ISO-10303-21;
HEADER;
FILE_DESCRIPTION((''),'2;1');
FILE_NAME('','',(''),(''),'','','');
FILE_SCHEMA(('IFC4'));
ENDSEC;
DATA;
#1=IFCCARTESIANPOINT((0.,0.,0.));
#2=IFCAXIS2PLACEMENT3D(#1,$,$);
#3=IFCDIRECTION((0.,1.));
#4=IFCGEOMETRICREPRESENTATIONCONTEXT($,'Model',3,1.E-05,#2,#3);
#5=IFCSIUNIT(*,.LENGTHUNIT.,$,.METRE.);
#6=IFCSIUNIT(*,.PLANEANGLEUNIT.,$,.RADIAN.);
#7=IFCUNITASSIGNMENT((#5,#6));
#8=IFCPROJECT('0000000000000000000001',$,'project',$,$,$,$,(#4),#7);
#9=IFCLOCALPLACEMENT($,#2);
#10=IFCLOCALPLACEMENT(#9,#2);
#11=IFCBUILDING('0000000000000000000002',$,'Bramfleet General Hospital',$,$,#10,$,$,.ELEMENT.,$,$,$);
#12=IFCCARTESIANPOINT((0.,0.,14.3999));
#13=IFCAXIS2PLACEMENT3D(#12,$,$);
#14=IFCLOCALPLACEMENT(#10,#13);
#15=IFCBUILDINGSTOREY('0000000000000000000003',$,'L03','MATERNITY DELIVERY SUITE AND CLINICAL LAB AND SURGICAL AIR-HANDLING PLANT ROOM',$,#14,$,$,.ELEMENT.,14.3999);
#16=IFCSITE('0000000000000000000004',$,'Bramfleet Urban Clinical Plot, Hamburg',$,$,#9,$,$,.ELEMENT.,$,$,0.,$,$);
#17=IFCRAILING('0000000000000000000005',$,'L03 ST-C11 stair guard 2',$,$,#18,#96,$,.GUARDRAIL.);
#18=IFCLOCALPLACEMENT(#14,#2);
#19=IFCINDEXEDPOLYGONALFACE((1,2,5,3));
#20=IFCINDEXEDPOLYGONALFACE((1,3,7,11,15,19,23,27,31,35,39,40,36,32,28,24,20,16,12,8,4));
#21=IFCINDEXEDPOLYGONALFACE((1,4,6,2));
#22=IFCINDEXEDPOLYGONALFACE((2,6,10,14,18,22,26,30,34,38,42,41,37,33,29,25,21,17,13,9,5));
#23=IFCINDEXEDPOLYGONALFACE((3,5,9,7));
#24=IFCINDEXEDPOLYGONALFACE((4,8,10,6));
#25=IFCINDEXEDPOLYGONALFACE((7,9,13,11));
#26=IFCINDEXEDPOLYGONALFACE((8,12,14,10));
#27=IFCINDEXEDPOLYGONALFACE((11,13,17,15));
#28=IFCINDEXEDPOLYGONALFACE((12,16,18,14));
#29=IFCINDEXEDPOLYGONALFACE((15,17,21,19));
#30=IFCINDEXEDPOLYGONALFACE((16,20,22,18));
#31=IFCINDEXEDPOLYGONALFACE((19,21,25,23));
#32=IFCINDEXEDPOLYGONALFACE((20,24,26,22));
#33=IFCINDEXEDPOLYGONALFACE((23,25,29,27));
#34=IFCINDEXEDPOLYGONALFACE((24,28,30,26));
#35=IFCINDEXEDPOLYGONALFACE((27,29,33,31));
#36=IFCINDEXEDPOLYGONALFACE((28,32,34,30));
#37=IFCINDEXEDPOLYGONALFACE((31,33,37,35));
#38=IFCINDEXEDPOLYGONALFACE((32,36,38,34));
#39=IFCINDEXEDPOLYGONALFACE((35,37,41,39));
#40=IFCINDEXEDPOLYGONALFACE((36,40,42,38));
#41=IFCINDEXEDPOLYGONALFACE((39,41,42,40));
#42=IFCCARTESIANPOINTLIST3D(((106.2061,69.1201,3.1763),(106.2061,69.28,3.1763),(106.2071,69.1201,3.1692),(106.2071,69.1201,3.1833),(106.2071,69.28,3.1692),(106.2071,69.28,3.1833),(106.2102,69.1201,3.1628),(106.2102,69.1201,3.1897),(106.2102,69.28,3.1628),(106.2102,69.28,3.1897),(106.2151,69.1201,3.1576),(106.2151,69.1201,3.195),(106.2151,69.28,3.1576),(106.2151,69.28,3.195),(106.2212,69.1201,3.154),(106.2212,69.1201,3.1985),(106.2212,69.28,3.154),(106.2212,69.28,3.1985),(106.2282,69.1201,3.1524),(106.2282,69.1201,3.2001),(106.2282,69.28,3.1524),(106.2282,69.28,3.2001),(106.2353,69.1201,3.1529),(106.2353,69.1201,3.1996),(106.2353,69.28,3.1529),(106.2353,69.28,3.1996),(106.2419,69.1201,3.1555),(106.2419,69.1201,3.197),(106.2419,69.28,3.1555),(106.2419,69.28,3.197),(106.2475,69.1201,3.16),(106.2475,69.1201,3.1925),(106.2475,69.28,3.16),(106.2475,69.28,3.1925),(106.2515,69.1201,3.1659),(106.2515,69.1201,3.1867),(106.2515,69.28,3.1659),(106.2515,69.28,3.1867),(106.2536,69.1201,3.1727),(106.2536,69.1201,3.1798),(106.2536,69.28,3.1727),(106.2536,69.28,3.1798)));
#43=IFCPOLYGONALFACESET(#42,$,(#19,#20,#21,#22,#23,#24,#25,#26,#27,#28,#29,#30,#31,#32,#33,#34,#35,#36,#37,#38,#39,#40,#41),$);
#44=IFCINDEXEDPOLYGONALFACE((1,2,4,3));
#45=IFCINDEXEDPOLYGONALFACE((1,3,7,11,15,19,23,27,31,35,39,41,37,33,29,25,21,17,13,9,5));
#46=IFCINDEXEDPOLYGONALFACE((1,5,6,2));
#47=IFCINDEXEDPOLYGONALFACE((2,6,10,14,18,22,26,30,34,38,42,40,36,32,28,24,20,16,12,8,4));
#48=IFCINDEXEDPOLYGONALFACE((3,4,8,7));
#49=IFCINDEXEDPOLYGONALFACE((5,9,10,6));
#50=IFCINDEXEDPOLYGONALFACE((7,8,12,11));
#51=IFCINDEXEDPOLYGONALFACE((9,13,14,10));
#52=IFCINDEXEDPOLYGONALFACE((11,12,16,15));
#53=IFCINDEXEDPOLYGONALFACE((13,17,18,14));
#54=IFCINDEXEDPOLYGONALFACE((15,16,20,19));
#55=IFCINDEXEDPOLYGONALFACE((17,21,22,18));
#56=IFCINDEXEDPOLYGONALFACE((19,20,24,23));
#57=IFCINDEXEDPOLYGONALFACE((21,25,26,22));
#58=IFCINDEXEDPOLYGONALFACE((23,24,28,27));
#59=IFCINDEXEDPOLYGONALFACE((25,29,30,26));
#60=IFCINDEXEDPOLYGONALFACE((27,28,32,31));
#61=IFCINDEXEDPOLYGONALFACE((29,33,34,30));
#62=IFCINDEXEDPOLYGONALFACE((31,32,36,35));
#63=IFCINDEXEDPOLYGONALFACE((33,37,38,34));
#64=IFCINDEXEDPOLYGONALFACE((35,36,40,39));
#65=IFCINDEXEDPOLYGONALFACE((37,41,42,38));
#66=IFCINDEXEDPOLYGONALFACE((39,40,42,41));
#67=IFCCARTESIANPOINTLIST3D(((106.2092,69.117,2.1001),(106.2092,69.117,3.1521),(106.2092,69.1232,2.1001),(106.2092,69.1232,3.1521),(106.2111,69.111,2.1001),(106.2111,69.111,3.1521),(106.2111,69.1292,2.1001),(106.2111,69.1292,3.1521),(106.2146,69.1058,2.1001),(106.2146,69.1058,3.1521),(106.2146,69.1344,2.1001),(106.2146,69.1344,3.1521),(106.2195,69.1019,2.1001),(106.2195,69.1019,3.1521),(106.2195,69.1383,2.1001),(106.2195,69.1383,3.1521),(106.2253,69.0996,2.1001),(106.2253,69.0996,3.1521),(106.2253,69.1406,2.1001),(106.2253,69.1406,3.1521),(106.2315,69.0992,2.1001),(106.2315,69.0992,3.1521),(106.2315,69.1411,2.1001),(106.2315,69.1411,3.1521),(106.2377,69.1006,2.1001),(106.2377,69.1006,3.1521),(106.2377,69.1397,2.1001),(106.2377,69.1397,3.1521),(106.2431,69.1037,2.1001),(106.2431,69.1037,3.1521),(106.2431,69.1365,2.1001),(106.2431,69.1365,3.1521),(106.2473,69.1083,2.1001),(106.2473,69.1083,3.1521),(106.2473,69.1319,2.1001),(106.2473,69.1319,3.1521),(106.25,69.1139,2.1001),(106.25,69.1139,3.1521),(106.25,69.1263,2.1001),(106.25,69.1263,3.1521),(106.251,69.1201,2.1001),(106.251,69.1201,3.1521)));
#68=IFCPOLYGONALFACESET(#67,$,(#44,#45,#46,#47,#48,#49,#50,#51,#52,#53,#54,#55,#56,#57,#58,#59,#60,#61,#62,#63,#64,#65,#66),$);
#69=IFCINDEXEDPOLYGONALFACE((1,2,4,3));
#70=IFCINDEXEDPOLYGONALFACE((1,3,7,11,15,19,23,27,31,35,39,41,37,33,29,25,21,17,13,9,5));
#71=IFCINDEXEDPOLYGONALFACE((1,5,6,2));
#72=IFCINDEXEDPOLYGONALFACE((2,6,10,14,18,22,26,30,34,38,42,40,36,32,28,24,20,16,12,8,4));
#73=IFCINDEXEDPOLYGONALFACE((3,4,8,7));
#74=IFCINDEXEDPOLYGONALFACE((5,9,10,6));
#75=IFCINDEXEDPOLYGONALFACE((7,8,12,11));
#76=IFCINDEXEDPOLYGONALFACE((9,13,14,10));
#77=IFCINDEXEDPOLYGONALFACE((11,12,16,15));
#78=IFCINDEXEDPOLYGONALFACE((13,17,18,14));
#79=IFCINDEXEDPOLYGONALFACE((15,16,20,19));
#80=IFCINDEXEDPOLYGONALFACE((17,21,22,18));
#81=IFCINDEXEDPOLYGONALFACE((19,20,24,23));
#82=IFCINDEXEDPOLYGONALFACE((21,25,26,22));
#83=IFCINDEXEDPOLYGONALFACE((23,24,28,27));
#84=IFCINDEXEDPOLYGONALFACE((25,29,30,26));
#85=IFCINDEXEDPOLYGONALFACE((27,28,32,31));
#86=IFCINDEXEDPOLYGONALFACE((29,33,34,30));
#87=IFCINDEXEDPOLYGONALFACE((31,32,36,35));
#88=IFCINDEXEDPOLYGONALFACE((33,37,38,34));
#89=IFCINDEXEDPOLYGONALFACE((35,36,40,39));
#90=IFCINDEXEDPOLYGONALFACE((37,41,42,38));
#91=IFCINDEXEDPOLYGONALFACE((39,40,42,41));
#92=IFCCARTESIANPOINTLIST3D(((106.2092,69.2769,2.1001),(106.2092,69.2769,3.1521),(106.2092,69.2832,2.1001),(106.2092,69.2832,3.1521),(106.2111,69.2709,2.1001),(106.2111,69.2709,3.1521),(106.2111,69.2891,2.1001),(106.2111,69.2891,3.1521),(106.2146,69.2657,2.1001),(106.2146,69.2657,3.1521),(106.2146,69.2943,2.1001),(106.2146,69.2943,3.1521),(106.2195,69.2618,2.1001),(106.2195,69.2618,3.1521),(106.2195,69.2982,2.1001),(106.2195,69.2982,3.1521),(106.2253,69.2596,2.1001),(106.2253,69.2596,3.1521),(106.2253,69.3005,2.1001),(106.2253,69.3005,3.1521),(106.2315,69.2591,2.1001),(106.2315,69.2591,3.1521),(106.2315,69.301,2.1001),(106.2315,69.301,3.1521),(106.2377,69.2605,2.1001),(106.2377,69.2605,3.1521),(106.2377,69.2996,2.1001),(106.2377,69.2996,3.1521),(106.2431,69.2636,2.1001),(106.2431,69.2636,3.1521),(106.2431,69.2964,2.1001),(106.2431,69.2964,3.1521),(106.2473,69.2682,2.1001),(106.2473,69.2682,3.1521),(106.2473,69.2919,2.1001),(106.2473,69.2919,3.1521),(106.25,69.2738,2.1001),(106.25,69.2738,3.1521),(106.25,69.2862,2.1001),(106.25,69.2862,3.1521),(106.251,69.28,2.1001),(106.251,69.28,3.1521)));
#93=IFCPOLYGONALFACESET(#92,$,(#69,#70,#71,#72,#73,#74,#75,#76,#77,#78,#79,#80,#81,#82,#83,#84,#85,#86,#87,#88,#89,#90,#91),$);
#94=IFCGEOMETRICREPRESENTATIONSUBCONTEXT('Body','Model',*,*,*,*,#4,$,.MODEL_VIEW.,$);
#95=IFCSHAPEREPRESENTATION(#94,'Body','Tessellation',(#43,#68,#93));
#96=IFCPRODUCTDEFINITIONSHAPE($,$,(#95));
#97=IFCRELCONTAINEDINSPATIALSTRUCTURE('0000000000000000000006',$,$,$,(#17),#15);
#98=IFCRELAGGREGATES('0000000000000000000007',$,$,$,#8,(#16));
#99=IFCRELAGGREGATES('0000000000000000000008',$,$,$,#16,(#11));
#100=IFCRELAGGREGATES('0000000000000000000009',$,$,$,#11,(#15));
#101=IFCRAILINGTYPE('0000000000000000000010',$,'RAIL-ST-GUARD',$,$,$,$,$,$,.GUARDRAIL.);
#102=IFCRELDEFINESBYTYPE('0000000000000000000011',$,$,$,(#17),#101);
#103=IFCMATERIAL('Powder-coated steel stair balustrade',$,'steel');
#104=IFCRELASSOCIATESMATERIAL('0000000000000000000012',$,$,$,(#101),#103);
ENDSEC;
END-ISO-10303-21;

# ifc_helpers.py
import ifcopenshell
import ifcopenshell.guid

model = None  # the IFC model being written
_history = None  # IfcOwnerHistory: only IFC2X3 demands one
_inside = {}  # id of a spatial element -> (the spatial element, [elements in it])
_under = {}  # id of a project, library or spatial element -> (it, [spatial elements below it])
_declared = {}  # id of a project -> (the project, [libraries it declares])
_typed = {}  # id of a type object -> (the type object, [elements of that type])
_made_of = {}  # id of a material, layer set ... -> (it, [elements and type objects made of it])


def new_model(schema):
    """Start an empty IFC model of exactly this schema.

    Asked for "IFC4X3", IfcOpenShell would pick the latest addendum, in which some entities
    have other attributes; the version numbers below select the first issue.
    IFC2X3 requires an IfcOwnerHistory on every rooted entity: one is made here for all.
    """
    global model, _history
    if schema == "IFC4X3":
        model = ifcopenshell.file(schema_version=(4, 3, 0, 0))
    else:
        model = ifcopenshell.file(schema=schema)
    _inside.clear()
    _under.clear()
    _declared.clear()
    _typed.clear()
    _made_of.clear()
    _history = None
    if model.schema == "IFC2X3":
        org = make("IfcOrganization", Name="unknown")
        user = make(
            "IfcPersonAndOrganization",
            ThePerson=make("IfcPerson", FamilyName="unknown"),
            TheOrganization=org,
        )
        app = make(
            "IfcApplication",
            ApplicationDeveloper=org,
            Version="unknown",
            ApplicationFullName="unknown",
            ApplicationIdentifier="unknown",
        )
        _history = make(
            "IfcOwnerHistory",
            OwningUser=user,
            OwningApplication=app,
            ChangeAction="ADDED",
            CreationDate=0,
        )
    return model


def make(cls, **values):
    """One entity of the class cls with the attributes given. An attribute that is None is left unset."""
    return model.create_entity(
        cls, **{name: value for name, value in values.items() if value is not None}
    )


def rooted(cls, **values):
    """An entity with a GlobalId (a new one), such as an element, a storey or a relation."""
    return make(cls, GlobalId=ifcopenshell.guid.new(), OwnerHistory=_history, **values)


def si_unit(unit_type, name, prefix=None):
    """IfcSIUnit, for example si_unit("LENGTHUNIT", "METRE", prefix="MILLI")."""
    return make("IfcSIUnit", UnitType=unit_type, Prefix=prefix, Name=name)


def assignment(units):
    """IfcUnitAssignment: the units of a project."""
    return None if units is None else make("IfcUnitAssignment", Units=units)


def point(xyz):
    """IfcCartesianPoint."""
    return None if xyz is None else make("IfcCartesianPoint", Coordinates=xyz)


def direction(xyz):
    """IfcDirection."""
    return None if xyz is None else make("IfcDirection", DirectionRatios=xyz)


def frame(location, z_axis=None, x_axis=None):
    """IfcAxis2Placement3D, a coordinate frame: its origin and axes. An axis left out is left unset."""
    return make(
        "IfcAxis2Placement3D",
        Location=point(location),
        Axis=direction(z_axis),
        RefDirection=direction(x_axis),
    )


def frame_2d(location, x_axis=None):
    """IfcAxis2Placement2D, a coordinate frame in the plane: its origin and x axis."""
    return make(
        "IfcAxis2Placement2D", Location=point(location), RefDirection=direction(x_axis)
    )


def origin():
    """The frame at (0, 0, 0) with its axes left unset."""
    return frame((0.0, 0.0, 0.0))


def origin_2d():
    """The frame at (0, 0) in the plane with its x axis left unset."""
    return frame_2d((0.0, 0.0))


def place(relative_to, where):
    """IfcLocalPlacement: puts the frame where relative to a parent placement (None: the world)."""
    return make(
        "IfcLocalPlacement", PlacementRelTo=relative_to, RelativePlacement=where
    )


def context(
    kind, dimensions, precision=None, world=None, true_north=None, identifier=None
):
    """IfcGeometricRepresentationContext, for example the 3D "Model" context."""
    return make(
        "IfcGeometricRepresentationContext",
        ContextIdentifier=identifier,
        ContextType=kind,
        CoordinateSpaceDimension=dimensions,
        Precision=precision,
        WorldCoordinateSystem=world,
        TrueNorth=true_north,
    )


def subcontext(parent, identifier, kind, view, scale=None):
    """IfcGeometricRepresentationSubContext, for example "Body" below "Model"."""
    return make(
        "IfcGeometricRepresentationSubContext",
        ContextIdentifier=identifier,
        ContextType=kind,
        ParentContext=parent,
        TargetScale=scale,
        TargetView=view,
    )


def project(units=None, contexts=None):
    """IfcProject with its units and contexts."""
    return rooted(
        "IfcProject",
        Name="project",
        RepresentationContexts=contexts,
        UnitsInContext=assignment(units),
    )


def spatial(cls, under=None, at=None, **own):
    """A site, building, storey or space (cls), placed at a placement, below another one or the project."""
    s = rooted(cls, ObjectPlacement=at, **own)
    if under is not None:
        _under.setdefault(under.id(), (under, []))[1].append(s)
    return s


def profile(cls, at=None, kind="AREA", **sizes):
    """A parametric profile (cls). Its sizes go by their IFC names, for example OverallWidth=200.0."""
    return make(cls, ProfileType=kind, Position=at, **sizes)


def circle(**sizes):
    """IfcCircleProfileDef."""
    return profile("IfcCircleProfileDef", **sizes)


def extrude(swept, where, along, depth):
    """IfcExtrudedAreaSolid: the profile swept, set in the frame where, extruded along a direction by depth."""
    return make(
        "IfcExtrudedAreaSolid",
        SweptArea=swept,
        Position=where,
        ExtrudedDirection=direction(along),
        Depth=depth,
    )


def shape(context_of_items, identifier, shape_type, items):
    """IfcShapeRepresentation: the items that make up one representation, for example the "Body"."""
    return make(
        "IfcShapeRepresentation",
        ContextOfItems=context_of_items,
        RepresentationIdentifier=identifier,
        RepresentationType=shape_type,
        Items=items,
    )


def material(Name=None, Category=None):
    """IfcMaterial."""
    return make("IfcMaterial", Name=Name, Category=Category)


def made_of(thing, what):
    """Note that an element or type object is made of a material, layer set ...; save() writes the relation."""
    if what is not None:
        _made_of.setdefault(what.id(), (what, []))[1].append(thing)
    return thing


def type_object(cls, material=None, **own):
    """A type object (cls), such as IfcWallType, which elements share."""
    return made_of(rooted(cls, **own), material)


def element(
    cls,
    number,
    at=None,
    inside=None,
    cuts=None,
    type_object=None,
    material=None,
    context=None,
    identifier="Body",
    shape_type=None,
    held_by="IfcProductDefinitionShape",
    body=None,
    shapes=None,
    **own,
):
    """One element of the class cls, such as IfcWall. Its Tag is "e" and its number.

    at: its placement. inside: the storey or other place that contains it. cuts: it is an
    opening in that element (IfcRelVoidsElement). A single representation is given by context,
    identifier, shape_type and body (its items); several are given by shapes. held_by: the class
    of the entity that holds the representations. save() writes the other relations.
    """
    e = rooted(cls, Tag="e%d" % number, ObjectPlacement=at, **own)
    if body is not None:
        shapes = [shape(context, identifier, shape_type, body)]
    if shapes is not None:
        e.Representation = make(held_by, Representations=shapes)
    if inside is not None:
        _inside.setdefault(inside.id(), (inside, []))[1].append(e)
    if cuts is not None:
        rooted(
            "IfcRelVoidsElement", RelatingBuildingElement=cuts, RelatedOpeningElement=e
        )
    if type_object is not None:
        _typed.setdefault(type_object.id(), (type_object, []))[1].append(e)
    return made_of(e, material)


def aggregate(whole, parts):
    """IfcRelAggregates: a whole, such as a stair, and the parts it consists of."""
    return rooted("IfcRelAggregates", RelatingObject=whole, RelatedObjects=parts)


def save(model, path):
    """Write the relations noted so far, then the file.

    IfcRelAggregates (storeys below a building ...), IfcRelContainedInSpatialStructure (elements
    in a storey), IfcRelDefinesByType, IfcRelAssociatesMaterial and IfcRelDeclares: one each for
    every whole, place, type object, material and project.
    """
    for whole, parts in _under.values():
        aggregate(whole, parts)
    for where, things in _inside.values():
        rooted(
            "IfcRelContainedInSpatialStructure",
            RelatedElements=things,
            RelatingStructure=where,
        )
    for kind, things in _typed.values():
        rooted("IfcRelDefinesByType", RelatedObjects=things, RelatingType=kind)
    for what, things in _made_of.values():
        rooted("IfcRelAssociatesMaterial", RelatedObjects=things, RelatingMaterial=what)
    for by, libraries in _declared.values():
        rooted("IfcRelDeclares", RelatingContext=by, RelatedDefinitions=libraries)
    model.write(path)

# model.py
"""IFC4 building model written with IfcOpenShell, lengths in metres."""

from ifc_helpers import new_model, si_unit, direction, frame, origin, origin_2d, place, context, subcontext, project, spatial, circle, extrude, material, type_object, element, save


model = new_model("IFC4")

# Units and contexts
model_context = context("Model", 3, precision=1e-05, world=origin(), true_north=direction((0.0, 1.0)))
body_context = subcontext(model_context, "Body", "Model", "MODEL_VIEW")
ifc_project = project(units=[si_unit("LENGTHUNIT", "METRE"), si_unit("PLANEANGLEUNIT", "RADIAN")], contexts=[model_context])

# Site, building, storey
site_placement = place(None, origin())
site = spatial("IfcSite", under=ifc_project, at=site_placement, Name="Bramfleet Urban Clinical Plot, Hamburg", CompositionType="ELEMENT", RefElevation=0.0)
building_placement = place(site_placement, origin())
building = spatial("IfcBuilding", under=site, at=building_placement, Name="Bramfleet General Hospital", CompositionType="ELEMENT")
storey_placement = place(building_placement, frame((0.0, 0.0, 14.3999)))
storey = spatial("IfcBuildingStorey", under=building, at=storey_placement, Name="L03", Description="MATERNITY DELIVERY SUITE AND CLINICAL LAB AND SURGICAL AIR-HANDLING PLANT ROOM", CompositionType="ELEMENT", Elevation=14.3999)

# Railing
ifc_material_1 = material(Name="Powder-coated steel stair balustrade", Category="steel")
railing_type_1 = type_object("IfcRailingType", Name="RAIL-ST-GUARD", PredefinedType="GUARDRAIL", material=ifc_material_1)
railing_1_placement = place(storey_placement, frame((106.23, 69.1201, 2.1001)))
element("IfcRailing", 1, at=railing_1_placement, inside=storey, type_object=railing_type_1, Name="L03 ST-C11 stair guard 2", PredefinedType="GUARDRAIL", context=body_context, shape_type="SweptSolid", body=[
    extrude(circle(Radius=0.0239, at=origin_2d()), frame((0.0, 0.0, 1.0762), z_axis=(0.0, 1.0, 0.0), x_axis=(-1.0, 0.0, 0.0)), (0.0, 0.0, 1.0), 0.1599),
    extrude(circle(Radius=0.021, at=origin_2d()), origin(), (0.0, 0.0, 1.0), 1.052),
    extrude(circle(Radius=0.021, at=origin_2d()), frame((0.0, 0.1599, 0.0)), (0.0, 0.0, 1.0), 1.052),
])

save(model, "model.ifc")
